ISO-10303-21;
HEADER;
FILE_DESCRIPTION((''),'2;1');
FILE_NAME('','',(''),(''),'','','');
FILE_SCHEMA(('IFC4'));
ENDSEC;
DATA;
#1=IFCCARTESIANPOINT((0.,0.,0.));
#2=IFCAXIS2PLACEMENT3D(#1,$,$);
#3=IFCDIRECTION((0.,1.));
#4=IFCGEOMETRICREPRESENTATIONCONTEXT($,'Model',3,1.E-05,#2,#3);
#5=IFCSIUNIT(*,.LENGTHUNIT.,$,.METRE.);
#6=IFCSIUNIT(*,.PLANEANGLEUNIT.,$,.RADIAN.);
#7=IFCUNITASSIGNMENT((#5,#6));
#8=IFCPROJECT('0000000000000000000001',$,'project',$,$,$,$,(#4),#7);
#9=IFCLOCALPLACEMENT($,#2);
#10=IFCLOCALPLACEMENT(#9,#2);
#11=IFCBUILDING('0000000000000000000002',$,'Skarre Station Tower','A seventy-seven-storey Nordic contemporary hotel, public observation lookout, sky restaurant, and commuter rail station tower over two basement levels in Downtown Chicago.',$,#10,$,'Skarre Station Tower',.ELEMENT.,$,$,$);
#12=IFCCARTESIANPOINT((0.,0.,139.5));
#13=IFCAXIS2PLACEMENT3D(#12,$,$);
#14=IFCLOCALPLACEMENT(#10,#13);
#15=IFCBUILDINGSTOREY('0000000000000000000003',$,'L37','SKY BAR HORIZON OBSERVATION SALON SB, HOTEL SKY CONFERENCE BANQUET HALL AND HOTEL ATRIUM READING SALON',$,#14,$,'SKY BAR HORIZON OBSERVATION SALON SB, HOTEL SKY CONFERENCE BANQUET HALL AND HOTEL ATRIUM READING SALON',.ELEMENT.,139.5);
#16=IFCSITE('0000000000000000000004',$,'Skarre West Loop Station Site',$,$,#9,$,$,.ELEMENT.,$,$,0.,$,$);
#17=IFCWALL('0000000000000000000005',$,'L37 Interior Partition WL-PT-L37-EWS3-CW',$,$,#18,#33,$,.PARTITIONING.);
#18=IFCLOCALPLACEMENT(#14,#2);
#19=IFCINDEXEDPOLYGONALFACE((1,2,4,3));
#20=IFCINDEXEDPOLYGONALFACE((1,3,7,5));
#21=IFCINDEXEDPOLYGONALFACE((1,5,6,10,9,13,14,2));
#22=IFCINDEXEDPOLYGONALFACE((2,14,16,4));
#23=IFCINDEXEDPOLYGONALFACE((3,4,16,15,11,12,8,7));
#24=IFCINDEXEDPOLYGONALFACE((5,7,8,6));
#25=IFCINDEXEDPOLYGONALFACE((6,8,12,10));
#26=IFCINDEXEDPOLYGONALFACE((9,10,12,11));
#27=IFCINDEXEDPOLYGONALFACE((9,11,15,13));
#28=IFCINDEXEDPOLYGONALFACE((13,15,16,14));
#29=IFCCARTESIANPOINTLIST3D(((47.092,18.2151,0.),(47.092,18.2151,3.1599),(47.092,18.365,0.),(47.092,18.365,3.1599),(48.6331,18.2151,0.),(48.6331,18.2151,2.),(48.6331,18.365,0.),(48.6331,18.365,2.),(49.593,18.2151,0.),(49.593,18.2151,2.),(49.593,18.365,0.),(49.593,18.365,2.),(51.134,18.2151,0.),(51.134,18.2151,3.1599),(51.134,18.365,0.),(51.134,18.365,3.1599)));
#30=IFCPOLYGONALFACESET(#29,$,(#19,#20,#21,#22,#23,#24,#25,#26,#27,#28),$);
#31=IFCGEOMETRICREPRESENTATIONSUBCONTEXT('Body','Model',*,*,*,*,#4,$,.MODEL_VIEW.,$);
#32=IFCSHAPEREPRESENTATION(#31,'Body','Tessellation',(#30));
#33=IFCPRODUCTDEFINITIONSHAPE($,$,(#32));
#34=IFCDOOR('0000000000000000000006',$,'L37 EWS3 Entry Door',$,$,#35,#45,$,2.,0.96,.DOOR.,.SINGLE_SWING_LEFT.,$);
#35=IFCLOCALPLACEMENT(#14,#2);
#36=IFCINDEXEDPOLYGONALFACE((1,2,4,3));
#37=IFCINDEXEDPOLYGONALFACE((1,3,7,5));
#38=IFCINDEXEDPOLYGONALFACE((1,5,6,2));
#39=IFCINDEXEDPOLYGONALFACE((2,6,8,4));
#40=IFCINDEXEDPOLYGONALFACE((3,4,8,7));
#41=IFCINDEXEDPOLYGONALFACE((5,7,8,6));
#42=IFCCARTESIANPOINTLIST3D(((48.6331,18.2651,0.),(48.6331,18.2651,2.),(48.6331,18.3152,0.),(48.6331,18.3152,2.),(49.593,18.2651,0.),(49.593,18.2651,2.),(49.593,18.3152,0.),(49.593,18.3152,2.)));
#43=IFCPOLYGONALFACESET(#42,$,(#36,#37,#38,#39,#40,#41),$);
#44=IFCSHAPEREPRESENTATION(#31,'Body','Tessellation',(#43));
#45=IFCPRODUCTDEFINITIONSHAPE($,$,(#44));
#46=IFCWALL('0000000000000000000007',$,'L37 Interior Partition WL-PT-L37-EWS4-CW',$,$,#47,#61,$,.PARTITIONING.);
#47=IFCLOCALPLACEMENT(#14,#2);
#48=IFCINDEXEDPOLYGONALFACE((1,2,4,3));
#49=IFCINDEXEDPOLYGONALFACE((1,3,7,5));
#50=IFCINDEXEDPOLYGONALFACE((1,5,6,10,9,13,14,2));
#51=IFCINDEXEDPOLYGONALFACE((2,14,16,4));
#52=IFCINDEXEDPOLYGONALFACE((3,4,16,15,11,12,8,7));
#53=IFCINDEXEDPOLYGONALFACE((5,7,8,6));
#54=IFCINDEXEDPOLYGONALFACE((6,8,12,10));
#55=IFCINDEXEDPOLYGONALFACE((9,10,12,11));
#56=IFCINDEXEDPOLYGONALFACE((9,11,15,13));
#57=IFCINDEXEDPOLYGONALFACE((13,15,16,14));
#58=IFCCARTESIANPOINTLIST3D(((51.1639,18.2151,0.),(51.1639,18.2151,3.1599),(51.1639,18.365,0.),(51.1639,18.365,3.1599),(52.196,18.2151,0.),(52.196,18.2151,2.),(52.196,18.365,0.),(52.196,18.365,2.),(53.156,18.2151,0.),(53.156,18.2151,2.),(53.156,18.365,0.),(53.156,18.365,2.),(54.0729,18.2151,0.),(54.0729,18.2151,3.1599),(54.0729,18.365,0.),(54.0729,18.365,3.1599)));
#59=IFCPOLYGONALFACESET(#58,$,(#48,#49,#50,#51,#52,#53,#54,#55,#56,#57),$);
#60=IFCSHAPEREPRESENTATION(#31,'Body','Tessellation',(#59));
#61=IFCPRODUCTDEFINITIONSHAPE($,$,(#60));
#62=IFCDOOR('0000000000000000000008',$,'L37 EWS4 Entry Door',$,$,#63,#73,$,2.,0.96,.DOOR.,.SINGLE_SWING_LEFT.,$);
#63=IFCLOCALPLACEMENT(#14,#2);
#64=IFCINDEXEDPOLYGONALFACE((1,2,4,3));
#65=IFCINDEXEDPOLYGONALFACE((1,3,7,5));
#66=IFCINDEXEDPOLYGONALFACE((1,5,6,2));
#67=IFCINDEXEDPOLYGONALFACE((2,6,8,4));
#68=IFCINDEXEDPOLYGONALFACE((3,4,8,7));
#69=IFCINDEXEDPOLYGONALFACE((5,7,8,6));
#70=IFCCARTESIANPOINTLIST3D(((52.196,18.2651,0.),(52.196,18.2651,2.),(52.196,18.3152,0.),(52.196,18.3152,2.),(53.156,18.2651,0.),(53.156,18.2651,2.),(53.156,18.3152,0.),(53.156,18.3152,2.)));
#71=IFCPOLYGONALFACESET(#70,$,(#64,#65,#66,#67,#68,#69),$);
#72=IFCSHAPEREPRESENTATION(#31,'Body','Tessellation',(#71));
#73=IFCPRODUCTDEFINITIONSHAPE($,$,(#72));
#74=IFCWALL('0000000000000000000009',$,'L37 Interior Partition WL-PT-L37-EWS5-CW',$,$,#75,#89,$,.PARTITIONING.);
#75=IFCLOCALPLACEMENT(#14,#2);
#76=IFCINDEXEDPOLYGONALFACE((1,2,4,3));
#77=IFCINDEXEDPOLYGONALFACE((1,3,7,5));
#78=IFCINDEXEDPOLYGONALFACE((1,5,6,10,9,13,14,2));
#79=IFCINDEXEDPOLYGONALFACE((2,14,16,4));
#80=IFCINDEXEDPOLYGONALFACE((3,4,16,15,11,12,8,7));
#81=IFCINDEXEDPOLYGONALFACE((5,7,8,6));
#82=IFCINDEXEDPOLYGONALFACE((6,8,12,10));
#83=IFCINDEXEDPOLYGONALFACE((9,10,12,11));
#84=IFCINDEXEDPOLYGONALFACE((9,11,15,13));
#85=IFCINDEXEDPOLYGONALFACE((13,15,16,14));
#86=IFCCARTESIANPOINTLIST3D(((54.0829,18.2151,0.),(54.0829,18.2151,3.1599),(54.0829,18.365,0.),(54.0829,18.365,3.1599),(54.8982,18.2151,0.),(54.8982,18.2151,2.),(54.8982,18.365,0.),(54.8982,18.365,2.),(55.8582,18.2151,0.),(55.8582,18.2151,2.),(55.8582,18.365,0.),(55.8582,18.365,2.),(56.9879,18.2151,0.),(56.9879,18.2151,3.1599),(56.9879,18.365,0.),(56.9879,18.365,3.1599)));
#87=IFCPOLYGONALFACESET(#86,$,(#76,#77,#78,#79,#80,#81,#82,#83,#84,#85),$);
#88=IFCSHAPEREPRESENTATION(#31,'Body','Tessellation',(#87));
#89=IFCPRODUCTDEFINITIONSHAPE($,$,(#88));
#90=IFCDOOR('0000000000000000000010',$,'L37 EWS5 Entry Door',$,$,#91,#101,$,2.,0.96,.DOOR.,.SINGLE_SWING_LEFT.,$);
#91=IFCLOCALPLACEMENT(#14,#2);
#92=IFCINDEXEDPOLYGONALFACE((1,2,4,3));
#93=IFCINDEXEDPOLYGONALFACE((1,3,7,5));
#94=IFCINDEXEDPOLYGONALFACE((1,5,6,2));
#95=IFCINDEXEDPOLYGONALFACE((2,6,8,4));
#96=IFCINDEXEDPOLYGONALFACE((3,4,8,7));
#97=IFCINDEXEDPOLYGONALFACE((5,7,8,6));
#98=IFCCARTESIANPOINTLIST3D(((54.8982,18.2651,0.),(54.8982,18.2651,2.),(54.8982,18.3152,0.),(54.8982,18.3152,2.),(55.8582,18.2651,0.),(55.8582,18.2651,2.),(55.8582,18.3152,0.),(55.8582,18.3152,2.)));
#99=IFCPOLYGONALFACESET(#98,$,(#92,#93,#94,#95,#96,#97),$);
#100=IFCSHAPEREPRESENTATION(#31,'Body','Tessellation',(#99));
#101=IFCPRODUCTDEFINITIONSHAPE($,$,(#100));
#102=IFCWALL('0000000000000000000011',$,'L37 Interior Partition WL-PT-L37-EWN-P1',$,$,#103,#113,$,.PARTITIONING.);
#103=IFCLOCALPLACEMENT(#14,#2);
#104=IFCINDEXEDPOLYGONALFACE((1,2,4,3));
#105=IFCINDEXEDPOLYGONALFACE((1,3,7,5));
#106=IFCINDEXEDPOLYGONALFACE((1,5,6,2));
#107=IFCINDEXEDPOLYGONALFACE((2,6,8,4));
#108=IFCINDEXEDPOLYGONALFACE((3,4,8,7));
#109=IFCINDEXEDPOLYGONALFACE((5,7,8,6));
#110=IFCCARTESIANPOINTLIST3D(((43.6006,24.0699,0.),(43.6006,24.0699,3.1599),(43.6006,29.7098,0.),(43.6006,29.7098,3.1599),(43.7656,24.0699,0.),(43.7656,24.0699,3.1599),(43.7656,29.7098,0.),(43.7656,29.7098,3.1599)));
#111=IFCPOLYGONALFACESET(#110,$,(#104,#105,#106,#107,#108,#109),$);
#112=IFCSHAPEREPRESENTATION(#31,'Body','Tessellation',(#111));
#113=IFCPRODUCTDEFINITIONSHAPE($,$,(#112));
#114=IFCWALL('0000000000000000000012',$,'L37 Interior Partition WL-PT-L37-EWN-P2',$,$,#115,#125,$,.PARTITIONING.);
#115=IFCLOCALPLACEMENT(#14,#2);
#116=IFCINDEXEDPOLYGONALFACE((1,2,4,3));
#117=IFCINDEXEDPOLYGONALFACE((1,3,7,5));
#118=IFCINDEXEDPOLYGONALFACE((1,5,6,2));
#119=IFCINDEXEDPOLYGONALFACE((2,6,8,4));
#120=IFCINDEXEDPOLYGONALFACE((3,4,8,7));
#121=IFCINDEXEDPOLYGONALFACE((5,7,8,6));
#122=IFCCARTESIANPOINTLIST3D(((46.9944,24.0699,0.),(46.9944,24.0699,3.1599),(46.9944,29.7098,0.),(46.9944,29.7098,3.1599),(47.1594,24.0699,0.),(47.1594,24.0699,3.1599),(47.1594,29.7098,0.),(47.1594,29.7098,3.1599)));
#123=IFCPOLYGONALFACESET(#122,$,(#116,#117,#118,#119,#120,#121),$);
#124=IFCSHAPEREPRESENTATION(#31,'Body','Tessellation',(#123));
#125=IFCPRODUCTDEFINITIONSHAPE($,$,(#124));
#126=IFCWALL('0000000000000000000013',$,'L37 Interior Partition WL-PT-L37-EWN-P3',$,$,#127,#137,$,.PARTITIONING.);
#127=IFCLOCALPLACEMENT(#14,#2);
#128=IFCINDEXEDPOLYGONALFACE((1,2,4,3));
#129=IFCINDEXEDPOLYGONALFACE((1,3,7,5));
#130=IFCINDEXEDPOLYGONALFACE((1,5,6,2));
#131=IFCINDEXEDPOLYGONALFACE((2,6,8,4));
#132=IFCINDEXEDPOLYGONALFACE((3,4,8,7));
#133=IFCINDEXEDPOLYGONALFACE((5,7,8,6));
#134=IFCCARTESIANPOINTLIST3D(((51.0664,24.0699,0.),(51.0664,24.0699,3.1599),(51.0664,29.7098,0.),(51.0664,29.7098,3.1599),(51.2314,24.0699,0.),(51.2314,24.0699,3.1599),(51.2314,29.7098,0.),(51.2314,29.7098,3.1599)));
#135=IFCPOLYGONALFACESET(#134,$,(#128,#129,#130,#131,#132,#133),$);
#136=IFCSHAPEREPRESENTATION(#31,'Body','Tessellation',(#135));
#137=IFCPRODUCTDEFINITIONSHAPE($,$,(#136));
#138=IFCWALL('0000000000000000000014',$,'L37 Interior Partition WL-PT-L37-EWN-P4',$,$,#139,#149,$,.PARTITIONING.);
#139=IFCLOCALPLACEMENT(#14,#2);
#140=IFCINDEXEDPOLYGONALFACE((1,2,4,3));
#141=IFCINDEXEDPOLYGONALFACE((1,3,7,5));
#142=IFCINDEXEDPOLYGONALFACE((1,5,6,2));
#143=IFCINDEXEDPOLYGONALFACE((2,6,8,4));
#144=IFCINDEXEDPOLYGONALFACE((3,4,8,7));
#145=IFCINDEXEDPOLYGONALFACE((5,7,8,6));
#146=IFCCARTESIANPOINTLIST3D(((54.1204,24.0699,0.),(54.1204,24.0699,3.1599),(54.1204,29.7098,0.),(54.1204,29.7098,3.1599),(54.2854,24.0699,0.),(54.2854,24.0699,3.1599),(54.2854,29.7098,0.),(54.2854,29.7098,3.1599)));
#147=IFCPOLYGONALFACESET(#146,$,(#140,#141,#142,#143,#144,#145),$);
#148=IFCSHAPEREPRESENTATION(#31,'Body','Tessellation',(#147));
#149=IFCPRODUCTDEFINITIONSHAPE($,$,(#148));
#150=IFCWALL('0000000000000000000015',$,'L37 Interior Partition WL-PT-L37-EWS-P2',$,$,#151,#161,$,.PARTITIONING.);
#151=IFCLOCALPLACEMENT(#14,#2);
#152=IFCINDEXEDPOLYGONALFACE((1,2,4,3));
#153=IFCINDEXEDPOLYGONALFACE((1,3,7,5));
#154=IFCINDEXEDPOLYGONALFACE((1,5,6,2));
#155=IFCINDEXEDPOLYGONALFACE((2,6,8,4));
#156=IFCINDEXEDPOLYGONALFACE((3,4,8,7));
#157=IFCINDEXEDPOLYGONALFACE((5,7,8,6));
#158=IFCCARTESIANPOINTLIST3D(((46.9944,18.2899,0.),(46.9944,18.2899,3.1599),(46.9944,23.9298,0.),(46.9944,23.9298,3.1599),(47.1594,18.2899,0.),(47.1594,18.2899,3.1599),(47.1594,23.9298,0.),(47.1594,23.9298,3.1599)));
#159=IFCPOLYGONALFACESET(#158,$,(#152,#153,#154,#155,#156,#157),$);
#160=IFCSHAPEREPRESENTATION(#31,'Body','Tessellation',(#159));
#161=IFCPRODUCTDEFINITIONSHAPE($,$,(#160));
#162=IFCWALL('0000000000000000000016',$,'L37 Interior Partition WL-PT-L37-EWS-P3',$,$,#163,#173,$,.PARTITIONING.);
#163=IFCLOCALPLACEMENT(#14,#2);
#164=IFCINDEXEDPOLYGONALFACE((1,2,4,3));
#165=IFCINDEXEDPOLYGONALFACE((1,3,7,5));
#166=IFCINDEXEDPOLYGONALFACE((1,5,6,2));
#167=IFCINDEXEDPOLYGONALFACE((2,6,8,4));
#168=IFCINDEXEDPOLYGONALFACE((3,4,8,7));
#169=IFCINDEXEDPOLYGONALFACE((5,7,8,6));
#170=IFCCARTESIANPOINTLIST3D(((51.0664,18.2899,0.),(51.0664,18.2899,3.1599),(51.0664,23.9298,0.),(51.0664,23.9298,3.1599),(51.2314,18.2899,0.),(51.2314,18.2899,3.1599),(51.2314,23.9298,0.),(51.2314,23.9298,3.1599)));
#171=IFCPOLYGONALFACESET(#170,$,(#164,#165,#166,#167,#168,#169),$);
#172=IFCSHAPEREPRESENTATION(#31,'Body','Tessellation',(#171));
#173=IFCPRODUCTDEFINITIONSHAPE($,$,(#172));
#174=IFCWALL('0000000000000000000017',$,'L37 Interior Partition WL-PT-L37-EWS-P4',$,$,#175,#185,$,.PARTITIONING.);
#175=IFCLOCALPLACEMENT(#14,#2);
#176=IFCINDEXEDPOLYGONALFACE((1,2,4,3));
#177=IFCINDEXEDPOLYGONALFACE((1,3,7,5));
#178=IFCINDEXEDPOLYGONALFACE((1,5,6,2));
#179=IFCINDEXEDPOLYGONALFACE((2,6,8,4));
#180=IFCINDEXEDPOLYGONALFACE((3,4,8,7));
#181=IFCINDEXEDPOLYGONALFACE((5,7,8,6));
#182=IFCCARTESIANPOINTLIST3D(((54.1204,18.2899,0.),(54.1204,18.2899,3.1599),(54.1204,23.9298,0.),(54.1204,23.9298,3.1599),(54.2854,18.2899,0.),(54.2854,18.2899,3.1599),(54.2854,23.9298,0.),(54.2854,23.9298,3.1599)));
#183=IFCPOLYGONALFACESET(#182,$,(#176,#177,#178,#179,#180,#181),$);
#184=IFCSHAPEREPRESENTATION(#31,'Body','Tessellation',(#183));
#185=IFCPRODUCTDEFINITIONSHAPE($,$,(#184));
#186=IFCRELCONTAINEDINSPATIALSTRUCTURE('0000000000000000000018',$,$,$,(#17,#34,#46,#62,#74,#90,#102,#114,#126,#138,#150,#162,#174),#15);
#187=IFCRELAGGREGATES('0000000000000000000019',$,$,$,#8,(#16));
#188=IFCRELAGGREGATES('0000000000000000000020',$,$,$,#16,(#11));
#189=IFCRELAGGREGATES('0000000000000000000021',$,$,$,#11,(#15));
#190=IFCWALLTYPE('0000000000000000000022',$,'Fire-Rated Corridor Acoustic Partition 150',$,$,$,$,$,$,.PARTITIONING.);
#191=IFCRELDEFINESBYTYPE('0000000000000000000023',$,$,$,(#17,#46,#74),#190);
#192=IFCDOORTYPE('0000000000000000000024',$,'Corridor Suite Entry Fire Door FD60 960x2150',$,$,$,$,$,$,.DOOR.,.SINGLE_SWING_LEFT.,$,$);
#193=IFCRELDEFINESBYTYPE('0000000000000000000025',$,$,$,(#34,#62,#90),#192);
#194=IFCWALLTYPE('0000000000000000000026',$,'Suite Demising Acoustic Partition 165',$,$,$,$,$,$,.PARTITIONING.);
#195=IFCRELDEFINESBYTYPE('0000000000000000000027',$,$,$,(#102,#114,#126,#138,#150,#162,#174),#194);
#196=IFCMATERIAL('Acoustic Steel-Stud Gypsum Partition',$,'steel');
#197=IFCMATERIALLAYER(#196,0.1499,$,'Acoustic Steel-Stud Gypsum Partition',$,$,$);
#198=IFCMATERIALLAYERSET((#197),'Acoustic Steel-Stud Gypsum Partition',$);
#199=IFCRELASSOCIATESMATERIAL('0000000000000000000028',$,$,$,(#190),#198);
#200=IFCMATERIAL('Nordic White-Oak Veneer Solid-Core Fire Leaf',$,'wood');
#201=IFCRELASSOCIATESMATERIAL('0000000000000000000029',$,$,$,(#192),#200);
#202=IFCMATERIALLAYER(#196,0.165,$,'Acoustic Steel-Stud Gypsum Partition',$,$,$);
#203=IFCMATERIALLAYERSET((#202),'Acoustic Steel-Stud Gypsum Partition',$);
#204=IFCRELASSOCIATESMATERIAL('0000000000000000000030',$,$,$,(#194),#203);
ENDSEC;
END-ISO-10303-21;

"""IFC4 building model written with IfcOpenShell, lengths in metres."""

from ifc_helpers import new_model, si_unit, direction, frame, frame_2d, origin, place, context, subcontext, project, spatial, rectangle, extrude, material, layer, layer_set, type_object, element, fill, save


model = new_model("IFC4")

# Units and contexts
model_context = context("Model", 3, precision=1e-05, world=origin(), true_north=direction((0.0, 1.0)))
body_context = subcontext(model_context, "Body", "Model", "MODEL_VIEW")
ifc_project = project(units=[si_unit("LENGTHUNIT", "METRE"), si_unit("PLANEANGLEUNIT", "RADIAN")], contexts=[model_context])

# Site, building, storey
site_placement = place(None, origin())
site = spatial("IfcSite", under=ifc_project, at=site_placement, Name="Skarre West Loop Station Site", CompositionType="ELEMENT", RefElevation=0.0)
building_placement = place(site_placement, origin())
building = spatial("IfcBuilding", under=site, at=building_placement, Name="Skarre Station Tower", Description="A seventy-seven-storey Nordic contemporary hotel, public observation lookout, sky restaurant, and commuter rail station tower over two basement levels in Downtown Chicago.", LongName="Skarre Station Tower", CompositionType="ELEMENT")
storey_placement = place(building_placement, frame((0.0, 0.0, 139.5)))
storey = spatial("IfcBuildingStorey", under=building, at=storey_placement, Name="L37", Description="SKY BAR HORIZON OBSERVATION SALON SB, HOTEL SKY CONFERENCE BANQUET HALL AND HOTEL ATRIUM READING SALON", LongName="SKY BAR HORIZON OBSERVATION SALON SB, HOTEL SKY CONFERENCE BANQUET HALL AND HOTEL ATRIUM READING SALON", CompositionType="ELEMENT", Elevation=139.5)

# Walls, openings, doors
ifc_material_1 = material(Name="Acoustic Steel-Stud Gypsum Partition", Category="steel")
ifc_layer_1 = layer(ifc_material_1, 0.1499, Name="Acoustic Steel-Stud Gypsum Partition")
ifc_layer_set_1 = layer_set([ifc_layer_1], Name="Acoustic Steel-Stud Gypsum Partition")
wall_type_1 = type_object("IfcWallType", Name="Fire-Rated Corridor Acoustic Partition 150", PredefinedType="PARTITIONING", material=ifc_layer_set_1)
ifc_material_2 = material(Name="Nordic White-Oak Veneer Solid-Core Fire Leaf", Category="wood")
door_type = type_object("IfcDoorType", Name="Corridor Suite Entry Fire Door FD60 960x2150", OperationType="SINGLE_SWING_LEFT", PredefinedType="DOOR", material=ifc_material_2)
wall_1_placement = place(storey_placement, frame((51.134, 18.29, 0.0), z_axis=(0.0, 0.0, 1.0), x_axis=(-1.0, 0.0, 0.0)))
wall_1 = element("IfcWall", 1, at=wall_1_placement, inside=storey, type_object=wall_type_1, Name="L37 Interior Partition WL-PT-L37-EWS3-CW", PredefinedType="PARTITIONING", context=body_context, shape_type="SweptSolid", body=[
    extrude(rectangle(XDim=4.042, YDim=0.1499, at=frame_2d((2.021, 0.0))), origin(), (0.0, 0.0, 1.0), 3.1599),
])
opening_1_placement = place(wall_1_placement, frame((1.541, 0.0, 0.0)))
opening_1 = element("IfcOpeningElement", 2, at=opening_1_placement, cuts=wall_1, PredefinedType="OPENING", context=body_context, shape_type="SweptSolid", body=[
    extrude(rectangle(XDim=0.96, YDim=2.0, at=frame_2d((0.48, 1.0))), frame((0.0, 0.085, 0.0), z_axis=(0.0, -1.0, 0.0), x_axis=(1.0, 0.0, 0.0)), (0.0, 0.0, 1.0), 0.1699),
])
door_1_placement = place(opening_1_placement, origin())
door_1 = element("IfcDoor", 3, at=door_1_placement, inside=storey, type_object=door_type, Name="L37 EWS3 Entry Door", OperationType="SINGLE_SWING_LEFT", OverallHeight=2.0, OverallWidth=0.96, PredefinedType="DOOR", context=body_context, shape_type="SweptSolid", body=[
    extrude(rectangle(XDim=0.96, YDim=2.0, at=frame_2d((0.48, 1.0))), frame((0.0, 0.0249, 0.0), z_axis=(0.0, -1.0, 0.0), x_axis=(1.0, 0.0, 0.0)), (0.0, 0.0, 1.0), 0.05),
])
fill(opening_1, door_1)
wall_2_placement = place(storey_placement, frame((54.073, 18.29, 0.0), z_axis=(0.0, 0.0, 1.0), x_axis=(-1.0, 0.0, 0.0)))
wall_2 = element("IfcWall", 4, at=wall_2_placement, inside=storey, type_object=wall_type_1, Name="L37 Interior Partition WL-PT-L37-EWS4-CW", PredefinedType="PARTITIONING", context=body_context, shape_type="SweptSolid", body=[
    extrude(rectangle(XDim=2.9089, YDim=0.1499, at=frame_2d((1.4546, 0.0))), origin(), (0.0, 0.0, 1.0), 3.1599),
])
opening_2_placement = place(wall_2_placement, frame((0.917, 0.0, 0.0)))
opening_2 = element("IfcOpeningElement", 5, at=opening_2_placement, cuts=wall_2, PredefinedType="OPENING", context=body_context, shape_type="SweptSolid", body=[
    extrude(rectangle(XDim=0.96, YDim=2.0, at=frame_2d((0.48, 1.0))), frame((0.0, 0.085, 0.0), z_axis=(0.0, -1.0, 0.0), x_axis=(1.0, 0.0, 0.0)), (0.0, 0.0, 1.0), 0.1699),
])
door_2_placement = place(opening_2_placement, origin())
door_2 = element("IfcDoor", 6, at=door_2_placement, inside=storey, type_object=door_type, Name="L37 EWS4 Entry Door", OperationType="SINGLE_SWING_LEFT", OverallHeight=2.0, OverallWidth=0.96, PredefinedType="DOOR", context=body_context, shape_type="SweptSolid", body=[
    extrude(rectangle(XDim=0.96, YDim=2.0, at=frame_2d((0.48, 1.0))), frame((0.0, 0.0249, 0.0), z_axis=(0.0, -1.0, 0.0), x_axis=(1.0, 0.0, 0.0)), (0.0, 0.0, 1.0), 0.05),
])
fill(opening_2, door_2)
wall_3_placement = place(storey_placement, frame((56.988, 18.29, 0.0), z_axis=(0.0, 0.0, 1.0), x_axis=(-1.0, 0.0, 0.0)))
wall_3 = element("IfcWall", 7, at=wall_3_placement, inside=storey, type_object=wall_type_1, Name="L37 Interior Partition WL-PT-L37-EWS5-CW", PredefinedType="PARTITIONING", context=body_context, shape_type="SweptSolid", body=[
    extrude(rectangle(XDim=2.905, YDim=0.1499, at=frame_2d((1.4526, 0.0))), origin(), (0.0, 0.0, 1.0), 3.1599),
])
opening_3_placement = place(wall_3_placement, frame((1.1299, 0.0, 0.0)))
opening_3 = element("IfcOpeningElement", 8, at=opening_3_placement, cuts=wall_3, PredefinedType="OPENING", context=body_context, shape_type="SweptSolid", body=[
    extrude(rectangle(XDim=0.96, YDim=2.0, at=frame_2d((0.48, 1.0))), frame((0.0, 0.085, 0.0), z_axis=(0.0, -1.0, 0.0), x_axis=(1.0, 0.0, 0.0)), (0.0, 0.0, 1.0), 0.1699),
])
door_3_placement = place(opening_3_placement, origin())
door_3 = element("IfcDoor", 9, at=door_3_placement, inside=storey, type_object=door_type, Name="L37 EWS5 Entry Door", OperationType="SINGLE_SWING_LEFT", OverallHeight=2.0, OverallWidth=0.96, PredefinedType="DOOR", context=body_context, shape_type="SweptSolid", body=[
    extrude(rectangle(XDim=0.96, YDim=2.0, at=frame_2d((0.48, 1.0))), frame((0.0, 0.0249, 0.0), z_axis=(0.0, -1.0, 0.0), x_axis=(1.0, 0.0, 0.0)), (0.0, 0.0, 1.0), 0.05),
])
fill(opening_3, door_3)

# Walls
ifc_layer_2 = layer(ifc_material_1, 0.165, Name="Acoustic Steel-Stud Gypsum Partition")
ifc_layer_set_2 = layer_set([ifc_layer_2], Name="Acoustic Steel-Stud Gypsum Partition")
wall_type_2 = type_object("IfcWallType", Name="Suite Demising Acoustic Partition 165", PredefinedType="PARTITIONING", material=ifc_layer_set_2)
for number, where, z_axis, x_axis, name in (
    (10, (43.6831, 24.0701, 0.0), (0.0, 0.0, 1.0), (0.0, 1.0, 0.0), "L37 Interior Partition WL-PT-L37-EWN-P1"),
    (11, (47.0769, 24.0701, 0.0), (0.0, 0.0, 1.0), (0.0, 1.0, 0.0), "L37 Interior Partition WL-PT-L37-EWN-P2"),
    (12, (51.1489, 24.0701, 0.0), (0.0, 0.0, 1.0), (0.0, 1.0, 0.0), "L37 Interior Partition WL-PT-L37-EWN-P3"),
    (13, (54.2029, 24.0701, 0.0), (0.0, 0.0, 1.0), (0.0, 1.0, 0.0), "L37 Interior Partition WL-PT-L37-EWN-P4"),
    (14, (47.0769, 18.29, 0.0), (0.0, 0.0, 1.0), (0.0, 1.0, 0.0), "L37 Interior Partition WL-PT-L37-EWS-P2"),
    (15, (51.1489, 18.29, 0.0), (0.0, 0.0, 1.0), (0.0, 1.0, 0.0), "L37 Interior Partition WL-PT-L37-EWS-P3"),
    (16, (54.2029, 18.29, 0.0), (0.0, 0.0, 1.0), (0.0, 1.0, 0.0), "L37 Interior Partition WL-PT-L37-EWS-P4"),
):
    element("IfcWall", number, at=place(storey_placement, frame(where, z_axis=z_axis, x_axis=x_axis)), inside=storey, type_object=wall_type_2, Name=name, PredefinedType="PARTITIONING", context=body_context, shape_type="SweptSolid", body=[
        extrude(rectangle(XDim=5.6399, YDim=0.165, at=frame_2d((2.8198, 0.0))), origin(), (0.0, 0.0, 1.0), 3.1599),
    ])

save(model, "model.ifc")
